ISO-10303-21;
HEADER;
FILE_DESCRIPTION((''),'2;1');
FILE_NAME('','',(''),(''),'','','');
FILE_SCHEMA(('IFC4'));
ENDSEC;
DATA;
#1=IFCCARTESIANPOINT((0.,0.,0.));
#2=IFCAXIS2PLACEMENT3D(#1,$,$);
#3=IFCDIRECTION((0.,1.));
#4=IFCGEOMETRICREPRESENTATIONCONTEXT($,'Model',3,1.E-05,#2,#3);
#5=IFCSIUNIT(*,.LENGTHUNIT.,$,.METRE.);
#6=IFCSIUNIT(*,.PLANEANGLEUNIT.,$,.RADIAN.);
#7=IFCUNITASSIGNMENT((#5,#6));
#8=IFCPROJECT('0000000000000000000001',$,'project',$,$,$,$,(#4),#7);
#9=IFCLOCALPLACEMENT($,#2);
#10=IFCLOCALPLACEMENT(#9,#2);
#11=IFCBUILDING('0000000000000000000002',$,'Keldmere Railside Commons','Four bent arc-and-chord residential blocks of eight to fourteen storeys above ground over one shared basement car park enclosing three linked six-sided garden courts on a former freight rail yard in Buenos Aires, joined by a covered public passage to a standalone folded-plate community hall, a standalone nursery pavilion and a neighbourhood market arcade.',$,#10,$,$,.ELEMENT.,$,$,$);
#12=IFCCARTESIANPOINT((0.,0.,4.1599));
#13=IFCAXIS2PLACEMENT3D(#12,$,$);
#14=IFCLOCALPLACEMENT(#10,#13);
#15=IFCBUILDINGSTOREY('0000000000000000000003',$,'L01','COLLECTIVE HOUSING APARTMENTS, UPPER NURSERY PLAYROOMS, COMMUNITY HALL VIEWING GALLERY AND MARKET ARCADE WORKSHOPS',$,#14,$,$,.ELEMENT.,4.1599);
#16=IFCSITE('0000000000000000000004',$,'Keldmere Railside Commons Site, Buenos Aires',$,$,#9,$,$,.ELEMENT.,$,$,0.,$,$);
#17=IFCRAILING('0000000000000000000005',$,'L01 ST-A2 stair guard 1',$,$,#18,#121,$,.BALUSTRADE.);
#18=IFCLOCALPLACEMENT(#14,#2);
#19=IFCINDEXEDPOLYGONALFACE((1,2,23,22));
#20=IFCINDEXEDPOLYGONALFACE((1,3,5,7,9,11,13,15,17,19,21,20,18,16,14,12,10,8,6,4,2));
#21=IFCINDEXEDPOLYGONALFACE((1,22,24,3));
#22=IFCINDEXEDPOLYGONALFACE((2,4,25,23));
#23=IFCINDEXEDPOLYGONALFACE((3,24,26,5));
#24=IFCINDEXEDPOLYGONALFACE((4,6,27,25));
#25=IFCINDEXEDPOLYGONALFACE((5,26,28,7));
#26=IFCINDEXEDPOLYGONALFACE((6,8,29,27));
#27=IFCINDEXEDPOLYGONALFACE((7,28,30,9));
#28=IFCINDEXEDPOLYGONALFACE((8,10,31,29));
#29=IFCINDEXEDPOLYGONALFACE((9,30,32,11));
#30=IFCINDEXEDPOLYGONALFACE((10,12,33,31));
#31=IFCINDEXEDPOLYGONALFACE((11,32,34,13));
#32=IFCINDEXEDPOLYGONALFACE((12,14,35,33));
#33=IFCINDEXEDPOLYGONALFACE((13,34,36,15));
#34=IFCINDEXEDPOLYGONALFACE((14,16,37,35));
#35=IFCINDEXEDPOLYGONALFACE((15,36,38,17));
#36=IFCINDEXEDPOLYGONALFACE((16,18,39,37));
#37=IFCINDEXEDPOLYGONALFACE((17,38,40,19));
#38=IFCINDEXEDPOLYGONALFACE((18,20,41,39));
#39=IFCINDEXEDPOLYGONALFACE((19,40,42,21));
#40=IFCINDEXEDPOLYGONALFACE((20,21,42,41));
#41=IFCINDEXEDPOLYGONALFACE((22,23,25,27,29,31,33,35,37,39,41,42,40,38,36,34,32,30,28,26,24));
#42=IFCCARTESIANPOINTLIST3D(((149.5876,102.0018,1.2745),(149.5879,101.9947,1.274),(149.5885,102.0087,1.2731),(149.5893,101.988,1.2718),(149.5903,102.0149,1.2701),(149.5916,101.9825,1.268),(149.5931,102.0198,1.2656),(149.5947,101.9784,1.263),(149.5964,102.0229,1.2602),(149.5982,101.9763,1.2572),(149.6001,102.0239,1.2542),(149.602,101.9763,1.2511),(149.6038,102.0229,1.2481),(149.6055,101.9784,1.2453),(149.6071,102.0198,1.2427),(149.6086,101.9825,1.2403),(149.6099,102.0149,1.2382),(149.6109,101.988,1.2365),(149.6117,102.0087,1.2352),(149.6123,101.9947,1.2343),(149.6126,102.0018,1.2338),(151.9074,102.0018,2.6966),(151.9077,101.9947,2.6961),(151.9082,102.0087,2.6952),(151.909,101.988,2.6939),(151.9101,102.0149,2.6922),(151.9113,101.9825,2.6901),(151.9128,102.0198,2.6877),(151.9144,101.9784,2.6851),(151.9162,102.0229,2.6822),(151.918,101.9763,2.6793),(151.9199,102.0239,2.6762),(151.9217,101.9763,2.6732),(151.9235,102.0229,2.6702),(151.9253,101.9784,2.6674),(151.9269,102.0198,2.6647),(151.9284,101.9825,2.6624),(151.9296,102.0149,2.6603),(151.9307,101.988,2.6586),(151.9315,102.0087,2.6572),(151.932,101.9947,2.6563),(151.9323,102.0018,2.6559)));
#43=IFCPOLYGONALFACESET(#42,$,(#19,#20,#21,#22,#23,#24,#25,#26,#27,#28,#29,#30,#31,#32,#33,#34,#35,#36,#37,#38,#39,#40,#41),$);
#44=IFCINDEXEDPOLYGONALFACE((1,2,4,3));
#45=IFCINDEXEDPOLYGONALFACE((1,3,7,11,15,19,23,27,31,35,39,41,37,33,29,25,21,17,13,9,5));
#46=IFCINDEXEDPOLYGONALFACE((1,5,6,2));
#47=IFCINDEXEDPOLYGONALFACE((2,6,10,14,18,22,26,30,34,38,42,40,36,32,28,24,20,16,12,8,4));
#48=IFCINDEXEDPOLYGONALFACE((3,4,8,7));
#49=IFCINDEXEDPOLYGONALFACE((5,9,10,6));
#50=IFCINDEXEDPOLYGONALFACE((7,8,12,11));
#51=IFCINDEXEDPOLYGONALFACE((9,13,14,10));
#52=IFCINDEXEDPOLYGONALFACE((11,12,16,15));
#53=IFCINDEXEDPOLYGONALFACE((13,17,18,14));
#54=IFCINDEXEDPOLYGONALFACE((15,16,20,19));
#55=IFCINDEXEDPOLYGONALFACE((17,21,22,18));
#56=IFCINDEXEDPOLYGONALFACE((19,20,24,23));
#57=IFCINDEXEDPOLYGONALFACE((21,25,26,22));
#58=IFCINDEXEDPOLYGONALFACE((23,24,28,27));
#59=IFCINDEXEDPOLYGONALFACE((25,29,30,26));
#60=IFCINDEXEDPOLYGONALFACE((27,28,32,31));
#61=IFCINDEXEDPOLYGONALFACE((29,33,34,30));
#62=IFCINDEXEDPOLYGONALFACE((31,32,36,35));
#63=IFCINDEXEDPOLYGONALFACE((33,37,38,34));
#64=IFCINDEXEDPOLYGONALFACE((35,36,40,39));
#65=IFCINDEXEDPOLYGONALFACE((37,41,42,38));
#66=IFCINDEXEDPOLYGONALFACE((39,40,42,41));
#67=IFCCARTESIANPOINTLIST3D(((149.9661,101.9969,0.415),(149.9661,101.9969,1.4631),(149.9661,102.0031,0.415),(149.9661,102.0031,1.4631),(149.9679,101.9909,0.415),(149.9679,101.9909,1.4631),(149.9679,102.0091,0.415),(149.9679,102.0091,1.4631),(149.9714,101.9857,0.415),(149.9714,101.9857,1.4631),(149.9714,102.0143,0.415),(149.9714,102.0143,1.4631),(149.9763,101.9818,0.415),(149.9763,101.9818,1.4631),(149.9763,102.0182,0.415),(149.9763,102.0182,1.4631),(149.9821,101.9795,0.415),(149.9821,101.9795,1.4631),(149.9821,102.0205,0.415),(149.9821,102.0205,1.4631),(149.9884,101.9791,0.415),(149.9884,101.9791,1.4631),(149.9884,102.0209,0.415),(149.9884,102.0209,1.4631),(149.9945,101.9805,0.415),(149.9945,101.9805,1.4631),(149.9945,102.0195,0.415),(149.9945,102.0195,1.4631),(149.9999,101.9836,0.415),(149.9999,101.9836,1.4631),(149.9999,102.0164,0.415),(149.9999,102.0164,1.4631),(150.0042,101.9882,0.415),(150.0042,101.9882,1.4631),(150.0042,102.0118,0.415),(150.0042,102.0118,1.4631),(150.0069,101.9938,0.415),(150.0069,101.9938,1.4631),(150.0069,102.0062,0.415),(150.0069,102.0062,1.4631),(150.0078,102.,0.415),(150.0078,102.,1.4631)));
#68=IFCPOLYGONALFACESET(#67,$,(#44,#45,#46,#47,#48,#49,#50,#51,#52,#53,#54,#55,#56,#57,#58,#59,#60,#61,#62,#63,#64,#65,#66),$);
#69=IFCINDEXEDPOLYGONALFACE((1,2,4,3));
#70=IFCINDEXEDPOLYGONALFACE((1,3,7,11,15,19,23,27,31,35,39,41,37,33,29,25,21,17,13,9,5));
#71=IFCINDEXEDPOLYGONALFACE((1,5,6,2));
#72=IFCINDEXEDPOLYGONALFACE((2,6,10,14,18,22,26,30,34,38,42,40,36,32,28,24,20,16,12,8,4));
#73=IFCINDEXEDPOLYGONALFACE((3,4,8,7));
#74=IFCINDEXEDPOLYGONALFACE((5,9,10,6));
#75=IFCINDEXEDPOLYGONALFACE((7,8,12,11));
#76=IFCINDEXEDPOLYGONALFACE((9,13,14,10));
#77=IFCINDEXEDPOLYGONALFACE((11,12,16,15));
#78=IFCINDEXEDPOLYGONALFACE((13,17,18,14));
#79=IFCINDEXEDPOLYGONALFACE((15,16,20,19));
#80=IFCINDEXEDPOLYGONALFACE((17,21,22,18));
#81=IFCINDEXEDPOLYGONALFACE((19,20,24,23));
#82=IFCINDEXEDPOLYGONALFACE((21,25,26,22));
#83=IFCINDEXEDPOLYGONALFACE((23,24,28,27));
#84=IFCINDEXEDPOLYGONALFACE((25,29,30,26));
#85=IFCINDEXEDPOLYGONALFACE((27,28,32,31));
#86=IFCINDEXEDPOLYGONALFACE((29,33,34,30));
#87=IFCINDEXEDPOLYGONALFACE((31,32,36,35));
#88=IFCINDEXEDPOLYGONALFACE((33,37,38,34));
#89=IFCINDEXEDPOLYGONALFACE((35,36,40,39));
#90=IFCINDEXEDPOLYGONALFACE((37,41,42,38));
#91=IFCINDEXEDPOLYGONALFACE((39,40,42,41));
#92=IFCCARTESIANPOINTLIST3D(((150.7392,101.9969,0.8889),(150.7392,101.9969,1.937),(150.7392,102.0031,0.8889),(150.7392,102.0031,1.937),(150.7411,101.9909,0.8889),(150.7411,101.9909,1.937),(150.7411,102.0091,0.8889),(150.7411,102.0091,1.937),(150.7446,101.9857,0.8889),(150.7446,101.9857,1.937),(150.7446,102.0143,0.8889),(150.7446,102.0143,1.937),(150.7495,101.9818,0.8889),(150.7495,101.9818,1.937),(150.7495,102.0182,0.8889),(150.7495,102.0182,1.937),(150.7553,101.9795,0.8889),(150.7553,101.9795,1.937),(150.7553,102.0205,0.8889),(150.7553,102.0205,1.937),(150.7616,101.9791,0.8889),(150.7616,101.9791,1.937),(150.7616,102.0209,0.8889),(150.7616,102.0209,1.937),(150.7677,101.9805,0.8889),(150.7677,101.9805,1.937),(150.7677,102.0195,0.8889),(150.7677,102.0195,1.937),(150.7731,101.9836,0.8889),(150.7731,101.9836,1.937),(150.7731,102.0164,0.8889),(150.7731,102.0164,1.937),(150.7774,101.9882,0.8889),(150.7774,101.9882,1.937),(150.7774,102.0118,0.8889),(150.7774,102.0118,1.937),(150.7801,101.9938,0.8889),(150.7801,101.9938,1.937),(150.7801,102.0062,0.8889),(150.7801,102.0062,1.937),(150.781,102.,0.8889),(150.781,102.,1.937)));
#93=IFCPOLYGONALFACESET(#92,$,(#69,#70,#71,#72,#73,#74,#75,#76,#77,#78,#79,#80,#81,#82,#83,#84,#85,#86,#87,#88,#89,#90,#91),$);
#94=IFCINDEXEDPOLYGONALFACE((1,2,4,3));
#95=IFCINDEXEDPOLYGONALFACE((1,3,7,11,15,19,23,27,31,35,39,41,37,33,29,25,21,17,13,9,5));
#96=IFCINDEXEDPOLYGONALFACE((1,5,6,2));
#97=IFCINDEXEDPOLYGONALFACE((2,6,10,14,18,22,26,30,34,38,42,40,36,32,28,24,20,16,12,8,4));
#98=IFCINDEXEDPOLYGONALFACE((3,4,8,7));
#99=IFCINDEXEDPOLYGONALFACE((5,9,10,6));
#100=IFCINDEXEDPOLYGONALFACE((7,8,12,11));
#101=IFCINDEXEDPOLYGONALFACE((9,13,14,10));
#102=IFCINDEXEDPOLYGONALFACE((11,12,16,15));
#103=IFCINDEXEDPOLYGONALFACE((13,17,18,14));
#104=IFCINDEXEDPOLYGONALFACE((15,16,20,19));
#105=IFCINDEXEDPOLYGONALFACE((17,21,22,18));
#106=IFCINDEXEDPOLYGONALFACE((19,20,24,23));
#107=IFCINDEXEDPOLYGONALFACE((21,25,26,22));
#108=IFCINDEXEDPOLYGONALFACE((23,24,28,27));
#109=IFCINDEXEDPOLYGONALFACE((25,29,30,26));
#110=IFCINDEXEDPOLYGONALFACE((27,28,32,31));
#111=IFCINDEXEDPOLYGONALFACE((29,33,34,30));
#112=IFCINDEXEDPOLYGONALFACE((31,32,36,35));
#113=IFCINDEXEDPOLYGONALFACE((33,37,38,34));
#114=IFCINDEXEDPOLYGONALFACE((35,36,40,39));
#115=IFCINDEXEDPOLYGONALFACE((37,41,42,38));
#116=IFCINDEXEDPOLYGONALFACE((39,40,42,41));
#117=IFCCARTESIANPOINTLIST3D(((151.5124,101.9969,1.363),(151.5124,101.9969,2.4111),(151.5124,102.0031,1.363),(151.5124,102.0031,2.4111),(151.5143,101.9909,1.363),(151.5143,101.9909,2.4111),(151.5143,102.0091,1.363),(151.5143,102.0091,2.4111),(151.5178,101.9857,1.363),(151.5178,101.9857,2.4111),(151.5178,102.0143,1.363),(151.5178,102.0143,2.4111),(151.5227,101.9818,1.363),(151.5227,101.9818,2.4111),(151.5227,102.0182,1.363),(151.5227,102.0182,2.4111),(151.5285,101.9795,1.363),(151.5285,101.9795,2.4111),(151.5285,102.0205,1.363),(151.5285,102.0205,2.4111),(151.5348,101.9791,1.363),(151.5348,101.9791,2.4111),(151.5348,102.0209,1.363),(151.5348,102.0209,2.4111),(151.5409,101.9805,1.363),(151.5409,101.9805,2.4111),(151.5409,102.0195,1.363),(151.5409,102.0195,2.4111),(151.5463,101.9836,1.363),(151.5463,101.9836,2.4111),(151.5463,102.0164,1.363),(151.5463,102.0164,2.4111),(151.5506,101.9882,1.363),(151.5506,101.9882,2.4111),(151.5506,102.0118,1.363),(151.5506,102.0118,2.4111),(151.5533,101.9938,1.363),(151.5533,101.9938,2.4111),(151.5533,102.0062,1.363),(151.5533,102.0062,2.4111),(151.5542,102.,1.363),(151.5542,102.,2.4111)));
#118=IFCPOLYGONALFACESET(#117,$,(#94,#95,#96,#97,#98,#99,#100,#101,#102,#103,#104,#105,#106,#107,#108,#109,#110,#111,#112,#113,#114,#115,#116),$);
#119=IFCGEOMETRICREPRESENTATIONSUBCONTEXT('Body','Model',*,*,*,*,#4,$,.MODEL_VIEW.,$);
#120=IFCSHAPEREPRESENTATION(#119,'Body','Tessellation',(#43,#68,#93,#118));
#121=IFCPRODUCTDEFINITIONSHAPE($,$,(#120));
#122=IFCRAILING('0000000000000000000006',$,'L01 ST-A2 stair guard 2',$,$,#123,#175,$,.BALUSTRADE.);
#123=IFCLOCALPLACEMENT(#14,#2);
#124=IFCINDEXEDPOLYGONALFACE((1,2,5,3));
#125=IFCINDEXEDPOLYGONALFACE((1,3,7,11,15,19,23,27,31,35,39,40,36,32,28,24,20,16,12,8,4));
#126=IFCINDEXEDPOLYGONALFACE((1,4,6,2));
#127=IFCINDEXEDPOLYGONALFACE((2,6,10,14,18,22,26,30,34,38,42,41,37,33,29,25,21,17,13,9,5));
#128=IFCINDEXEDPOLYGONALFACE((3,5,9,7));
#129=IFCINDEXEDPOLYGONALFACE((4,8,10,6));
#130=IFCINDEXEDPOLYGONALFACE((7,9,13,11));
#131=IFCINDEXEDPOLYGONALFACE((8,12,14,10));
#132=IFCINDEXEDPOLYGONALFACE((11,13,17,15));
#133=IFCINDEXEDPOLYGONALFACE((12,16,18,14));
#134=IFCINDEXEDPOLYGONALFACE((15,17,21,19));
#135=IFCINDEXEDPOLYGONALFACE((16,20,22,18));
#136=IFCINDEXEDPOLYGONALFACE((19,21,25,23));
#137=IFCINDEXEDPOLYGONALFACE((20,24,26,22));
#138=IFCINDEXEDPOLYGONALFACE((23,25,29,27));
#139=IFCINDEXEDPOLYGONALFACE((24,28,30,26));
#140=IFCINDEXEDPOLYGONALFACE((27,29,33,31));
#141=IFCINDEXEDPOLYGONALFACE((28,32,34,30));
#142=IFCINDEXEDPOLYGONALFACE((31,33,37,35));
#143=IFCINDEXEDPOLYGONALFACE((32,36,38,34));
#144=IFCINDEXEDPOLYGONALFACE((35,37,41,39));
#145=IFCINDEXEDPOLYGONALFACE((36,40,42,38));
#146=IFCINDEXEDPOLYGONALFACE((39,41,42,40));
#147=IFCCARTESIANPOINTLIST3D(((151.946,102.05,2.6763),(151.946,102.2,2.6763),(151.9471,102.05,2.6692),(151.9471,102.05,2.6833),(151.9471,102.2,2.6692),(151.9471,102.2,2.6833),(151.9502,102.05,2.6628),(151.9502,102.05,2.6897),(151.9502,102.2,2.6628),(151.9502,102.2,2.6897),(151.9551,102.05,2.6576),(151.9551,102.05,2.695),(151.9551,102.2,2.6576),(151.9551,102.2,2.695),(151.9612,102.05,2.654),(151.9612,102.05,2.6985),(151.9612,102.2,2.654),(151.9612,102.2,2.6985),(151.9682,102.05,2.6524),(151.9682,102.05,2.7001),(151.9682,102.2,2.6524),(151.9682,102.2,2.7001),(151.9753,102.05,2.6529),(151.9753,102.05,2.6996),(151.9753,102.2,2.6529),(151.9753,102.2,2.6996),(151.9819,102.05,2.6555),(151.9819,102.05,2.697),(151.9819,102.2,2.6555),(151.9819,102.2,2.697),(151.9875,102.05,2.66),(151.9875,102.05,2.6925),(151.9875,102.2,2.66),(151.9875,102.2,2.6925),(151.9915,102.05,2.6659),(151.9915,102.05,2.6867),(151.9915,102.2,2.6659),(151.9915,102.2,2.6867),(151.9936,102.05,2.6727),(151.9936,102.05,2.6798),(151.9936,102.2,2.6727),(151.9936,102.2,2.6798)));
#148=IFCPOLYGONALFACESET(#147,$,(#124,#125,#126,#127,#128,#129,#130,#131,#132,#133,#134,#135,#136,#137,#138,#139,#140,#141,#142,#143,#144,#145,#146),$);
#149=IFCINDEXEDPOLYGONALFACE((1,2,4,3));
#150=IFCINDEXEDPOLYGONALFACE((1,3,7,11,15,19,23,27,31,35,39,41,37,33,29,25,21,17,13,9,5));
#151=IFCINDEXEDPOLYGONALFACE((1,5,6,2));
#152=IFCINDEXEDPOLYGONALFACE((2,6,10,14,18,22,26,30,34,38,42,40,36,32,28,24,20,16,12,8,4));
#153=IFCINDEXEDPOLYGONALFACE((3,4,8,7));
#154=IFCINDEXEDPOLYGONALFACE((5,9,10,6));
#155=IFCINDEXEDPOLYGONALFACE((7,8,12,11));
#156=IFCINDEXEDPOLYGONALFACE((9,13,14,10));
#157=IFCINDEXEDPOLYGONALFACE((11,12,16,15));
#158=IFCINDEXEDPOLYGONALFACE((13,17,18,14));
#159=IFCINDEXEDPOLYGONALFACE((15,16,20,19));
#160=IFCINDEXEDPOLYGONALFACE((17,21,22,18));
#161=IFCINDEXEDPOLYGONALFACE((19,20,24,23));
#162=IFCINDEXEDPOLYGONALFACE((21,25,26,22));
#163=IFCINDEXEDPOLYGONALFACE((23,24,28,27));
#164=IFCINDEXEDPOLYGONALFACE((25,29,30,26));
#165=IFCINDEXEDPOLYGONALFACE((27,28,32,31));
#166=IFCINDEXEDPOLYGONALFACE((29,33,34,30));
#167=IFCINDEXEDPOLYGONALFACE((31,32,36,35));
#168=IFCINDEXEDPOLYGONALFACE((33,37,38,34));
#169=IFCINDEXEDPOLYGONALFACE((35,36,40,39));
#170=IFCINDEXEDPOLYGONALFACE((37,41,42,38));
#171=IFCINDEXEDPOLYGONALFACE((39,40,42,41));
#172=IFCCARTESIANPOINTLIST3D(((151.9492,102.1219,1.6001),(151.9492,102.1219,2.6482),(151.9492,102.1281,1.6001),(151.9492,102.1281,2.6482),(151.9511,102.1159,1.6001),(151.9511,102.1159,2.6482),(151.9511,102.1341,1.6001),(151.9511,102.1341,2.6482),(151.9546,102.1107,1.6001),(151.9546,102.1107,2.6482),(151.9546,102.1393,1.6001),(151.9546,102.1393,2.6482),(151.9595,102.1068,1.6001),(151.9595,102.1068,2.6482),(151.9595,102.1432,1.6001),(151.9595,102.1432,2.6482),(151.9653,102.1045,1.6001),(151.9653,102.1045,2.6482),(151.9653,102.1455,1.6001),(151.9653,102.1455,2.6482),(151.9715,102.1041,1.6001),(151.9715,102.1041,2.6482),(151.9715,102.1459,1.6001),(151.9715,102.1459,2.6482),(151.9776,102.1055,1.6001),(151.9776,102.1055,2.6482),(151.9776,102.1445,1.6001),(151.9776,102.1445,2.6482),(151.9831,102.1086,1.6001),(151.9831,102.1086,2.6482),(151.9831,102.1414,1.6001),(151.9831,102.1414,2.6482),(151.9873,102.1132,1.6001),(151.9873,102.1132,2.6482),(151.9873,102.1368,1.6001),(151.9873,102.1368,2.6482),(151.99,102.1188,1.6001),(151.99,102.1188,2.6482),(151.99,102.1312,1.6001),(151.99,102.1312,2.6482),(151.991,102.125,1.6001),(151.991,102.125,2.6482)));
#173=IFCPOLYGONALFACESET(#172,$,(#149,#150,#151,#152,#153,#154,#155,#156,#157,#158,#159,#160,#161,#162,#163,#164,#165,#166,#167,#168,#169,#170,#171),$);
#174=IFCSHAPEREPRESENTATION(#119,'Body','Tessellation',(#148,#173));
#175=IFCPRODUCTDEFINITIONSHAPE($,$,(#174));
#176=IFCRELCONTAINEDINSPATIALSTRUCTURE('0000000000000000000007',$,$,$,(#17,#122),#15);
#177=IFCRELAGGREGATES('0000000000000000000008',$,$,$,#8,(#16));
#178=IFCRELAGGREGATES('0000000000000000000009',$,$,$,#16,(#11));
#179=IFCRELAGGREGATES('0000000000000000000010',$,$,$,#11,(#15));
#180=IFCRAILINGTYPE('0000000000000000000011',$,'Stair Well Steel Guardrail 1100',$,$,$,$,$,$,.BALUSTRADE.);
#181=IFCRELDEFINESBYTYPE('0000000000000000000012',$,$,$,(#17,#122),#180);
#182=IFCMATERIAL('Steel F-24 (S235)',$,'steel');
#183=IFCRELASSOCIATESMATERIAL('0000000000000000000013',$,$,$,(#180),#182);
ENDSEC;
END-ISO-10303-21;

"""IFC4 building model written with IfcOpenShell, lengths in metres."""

from ifc_helpers import new_model, si_unit, direction, frame, origin, origin_2d, place, context, subcontext, project, spatial, circle, extrude, material, type_object, element, save


model = new_model("IFC4")

# Units and contexts
model_context = context("Model", 3, precision=1e-05, world=origin(), true_north=direction((0.0, 1.0)))
body_context = subcontext(model_context, "Body", "Model", "MODEL_VIEW")
ifc_project = project(units=[si_unit("LENGTHUNIT", "METRE"), si_unit("PLANEANGLEUNIT", "RADIAN")], contexts=[model_context])

# Site, building, storey
site_placement = place(None, origin())
site = spatial("IfcSite", under=ifc_project, at=site_placement, Name="Keldmere Railside Commons Site, Buenos Aires", CompositionType="ELEMENT", RefElevation=0.0)
building_placement = place(site_placement, origin())
building = spatial("IfcBuilding", under=site, at=building_placement, Name="Keldmere Railside Commons", Description="Four bent arc-and-chord residential blocks of eight to fourteen storeys above ground over one shared basement car park enclosing three linked six-sided garden courts on a former freight rail yard in Buenos Aires, joined by a covered public passage to a standalone folded-plate community hall, a standalone nursery pavilion and a neighbourhood market arcade.", CompositionType="ELEMENT")
storey_placement = place(building_placement, frame((0.0, 0.0, 4.1599)))
storey = spatial("IfcBuildingStorey", under=building, at=storey_placement, Name="L01", Description="COLLECTIVE HOUSING APARTMENTS, UPPER NURSERY PLAYROOMS, COMMUNITY HALL VIEWING GALLERY AND MARKET ARCADE WORKSHOPS", CompositionType="ELEMENT", Elevation=4.1599)

# Shared definitions
ifc_material_1 = material(Name="Steel F-24 (S235)", Category="steel")

# Railings
railing_type_1 = type_object("IfcRailingType", Name="Stair Well Steel Guardrail 1100", PredefinedType="BALUSTRADE", material=ifc_material_1)
railing_1_placement = place(storey_placement, frame((149.6001, 102.0, 0.178)))
element("IfcRailing", 1, at=railing_1_placement, inside=storey, type_object=railing_type_1, Name="L01 ST-A2 stair guard 1", PredefinedType="BALUSTRADE", context=body_context, shape_type="SweptSolid", body=[
    extrude(circle(Radius=0.0239, at=origin_2d()), frame((0.0, 0.0, 1.0762), z_axis=(0.852554, 0.0, 0.52264), x_axis=(0.0, 1.0, 0.0)), (0.0, 0.0, 1.0), 2.7209),
    extrude(circle(Radius=0.021, at=origin_2d()), frame((0.3867, 0.0, 0.2371)), (0.0, 0.0, 1.0), 1.0481),
    extrude(circle(Radius=0.021, at=origin_2d()), frame((1.1599, 0.0, 0.7109)), (0.0, 0.0, 1.0), 1.0481),
    extrude(circle(Radius=0.021, at=origin_2d()), frame((1.9331, 0.0, 1.1851)), (0.0, 0.0, 1.0), 1.0481),
])
railing_2_placement = place(storey_placement, frame((151.97, 102.05, 1.6001)))
element("IfcRailing", 2, at=railing_2_placement, inside=storey, type_object=railing_type_1, Name="L01 ST-A2 stair guard 2", PredefinedType="BALUSTRADE", context=body_context, shape_type="SweptSolid", body=[
    extrude(circle(Radius=0.0239, at=origin_2d()), frame((0.0, 0.0, 1.0762), z_axis=(0.0, 1.0, 0.0), x_axis=(-1.0, 0.0, 0.0)), (0.0, 0.0, 1.0), 0.1499),
    extrude(circle(Radius=0.021, at=origin_2d()), frame((0.0, 0.075, 0.0)), (0.0, 0.0, 1.0), 1.0481),
])

save(model, "model.ifc")
